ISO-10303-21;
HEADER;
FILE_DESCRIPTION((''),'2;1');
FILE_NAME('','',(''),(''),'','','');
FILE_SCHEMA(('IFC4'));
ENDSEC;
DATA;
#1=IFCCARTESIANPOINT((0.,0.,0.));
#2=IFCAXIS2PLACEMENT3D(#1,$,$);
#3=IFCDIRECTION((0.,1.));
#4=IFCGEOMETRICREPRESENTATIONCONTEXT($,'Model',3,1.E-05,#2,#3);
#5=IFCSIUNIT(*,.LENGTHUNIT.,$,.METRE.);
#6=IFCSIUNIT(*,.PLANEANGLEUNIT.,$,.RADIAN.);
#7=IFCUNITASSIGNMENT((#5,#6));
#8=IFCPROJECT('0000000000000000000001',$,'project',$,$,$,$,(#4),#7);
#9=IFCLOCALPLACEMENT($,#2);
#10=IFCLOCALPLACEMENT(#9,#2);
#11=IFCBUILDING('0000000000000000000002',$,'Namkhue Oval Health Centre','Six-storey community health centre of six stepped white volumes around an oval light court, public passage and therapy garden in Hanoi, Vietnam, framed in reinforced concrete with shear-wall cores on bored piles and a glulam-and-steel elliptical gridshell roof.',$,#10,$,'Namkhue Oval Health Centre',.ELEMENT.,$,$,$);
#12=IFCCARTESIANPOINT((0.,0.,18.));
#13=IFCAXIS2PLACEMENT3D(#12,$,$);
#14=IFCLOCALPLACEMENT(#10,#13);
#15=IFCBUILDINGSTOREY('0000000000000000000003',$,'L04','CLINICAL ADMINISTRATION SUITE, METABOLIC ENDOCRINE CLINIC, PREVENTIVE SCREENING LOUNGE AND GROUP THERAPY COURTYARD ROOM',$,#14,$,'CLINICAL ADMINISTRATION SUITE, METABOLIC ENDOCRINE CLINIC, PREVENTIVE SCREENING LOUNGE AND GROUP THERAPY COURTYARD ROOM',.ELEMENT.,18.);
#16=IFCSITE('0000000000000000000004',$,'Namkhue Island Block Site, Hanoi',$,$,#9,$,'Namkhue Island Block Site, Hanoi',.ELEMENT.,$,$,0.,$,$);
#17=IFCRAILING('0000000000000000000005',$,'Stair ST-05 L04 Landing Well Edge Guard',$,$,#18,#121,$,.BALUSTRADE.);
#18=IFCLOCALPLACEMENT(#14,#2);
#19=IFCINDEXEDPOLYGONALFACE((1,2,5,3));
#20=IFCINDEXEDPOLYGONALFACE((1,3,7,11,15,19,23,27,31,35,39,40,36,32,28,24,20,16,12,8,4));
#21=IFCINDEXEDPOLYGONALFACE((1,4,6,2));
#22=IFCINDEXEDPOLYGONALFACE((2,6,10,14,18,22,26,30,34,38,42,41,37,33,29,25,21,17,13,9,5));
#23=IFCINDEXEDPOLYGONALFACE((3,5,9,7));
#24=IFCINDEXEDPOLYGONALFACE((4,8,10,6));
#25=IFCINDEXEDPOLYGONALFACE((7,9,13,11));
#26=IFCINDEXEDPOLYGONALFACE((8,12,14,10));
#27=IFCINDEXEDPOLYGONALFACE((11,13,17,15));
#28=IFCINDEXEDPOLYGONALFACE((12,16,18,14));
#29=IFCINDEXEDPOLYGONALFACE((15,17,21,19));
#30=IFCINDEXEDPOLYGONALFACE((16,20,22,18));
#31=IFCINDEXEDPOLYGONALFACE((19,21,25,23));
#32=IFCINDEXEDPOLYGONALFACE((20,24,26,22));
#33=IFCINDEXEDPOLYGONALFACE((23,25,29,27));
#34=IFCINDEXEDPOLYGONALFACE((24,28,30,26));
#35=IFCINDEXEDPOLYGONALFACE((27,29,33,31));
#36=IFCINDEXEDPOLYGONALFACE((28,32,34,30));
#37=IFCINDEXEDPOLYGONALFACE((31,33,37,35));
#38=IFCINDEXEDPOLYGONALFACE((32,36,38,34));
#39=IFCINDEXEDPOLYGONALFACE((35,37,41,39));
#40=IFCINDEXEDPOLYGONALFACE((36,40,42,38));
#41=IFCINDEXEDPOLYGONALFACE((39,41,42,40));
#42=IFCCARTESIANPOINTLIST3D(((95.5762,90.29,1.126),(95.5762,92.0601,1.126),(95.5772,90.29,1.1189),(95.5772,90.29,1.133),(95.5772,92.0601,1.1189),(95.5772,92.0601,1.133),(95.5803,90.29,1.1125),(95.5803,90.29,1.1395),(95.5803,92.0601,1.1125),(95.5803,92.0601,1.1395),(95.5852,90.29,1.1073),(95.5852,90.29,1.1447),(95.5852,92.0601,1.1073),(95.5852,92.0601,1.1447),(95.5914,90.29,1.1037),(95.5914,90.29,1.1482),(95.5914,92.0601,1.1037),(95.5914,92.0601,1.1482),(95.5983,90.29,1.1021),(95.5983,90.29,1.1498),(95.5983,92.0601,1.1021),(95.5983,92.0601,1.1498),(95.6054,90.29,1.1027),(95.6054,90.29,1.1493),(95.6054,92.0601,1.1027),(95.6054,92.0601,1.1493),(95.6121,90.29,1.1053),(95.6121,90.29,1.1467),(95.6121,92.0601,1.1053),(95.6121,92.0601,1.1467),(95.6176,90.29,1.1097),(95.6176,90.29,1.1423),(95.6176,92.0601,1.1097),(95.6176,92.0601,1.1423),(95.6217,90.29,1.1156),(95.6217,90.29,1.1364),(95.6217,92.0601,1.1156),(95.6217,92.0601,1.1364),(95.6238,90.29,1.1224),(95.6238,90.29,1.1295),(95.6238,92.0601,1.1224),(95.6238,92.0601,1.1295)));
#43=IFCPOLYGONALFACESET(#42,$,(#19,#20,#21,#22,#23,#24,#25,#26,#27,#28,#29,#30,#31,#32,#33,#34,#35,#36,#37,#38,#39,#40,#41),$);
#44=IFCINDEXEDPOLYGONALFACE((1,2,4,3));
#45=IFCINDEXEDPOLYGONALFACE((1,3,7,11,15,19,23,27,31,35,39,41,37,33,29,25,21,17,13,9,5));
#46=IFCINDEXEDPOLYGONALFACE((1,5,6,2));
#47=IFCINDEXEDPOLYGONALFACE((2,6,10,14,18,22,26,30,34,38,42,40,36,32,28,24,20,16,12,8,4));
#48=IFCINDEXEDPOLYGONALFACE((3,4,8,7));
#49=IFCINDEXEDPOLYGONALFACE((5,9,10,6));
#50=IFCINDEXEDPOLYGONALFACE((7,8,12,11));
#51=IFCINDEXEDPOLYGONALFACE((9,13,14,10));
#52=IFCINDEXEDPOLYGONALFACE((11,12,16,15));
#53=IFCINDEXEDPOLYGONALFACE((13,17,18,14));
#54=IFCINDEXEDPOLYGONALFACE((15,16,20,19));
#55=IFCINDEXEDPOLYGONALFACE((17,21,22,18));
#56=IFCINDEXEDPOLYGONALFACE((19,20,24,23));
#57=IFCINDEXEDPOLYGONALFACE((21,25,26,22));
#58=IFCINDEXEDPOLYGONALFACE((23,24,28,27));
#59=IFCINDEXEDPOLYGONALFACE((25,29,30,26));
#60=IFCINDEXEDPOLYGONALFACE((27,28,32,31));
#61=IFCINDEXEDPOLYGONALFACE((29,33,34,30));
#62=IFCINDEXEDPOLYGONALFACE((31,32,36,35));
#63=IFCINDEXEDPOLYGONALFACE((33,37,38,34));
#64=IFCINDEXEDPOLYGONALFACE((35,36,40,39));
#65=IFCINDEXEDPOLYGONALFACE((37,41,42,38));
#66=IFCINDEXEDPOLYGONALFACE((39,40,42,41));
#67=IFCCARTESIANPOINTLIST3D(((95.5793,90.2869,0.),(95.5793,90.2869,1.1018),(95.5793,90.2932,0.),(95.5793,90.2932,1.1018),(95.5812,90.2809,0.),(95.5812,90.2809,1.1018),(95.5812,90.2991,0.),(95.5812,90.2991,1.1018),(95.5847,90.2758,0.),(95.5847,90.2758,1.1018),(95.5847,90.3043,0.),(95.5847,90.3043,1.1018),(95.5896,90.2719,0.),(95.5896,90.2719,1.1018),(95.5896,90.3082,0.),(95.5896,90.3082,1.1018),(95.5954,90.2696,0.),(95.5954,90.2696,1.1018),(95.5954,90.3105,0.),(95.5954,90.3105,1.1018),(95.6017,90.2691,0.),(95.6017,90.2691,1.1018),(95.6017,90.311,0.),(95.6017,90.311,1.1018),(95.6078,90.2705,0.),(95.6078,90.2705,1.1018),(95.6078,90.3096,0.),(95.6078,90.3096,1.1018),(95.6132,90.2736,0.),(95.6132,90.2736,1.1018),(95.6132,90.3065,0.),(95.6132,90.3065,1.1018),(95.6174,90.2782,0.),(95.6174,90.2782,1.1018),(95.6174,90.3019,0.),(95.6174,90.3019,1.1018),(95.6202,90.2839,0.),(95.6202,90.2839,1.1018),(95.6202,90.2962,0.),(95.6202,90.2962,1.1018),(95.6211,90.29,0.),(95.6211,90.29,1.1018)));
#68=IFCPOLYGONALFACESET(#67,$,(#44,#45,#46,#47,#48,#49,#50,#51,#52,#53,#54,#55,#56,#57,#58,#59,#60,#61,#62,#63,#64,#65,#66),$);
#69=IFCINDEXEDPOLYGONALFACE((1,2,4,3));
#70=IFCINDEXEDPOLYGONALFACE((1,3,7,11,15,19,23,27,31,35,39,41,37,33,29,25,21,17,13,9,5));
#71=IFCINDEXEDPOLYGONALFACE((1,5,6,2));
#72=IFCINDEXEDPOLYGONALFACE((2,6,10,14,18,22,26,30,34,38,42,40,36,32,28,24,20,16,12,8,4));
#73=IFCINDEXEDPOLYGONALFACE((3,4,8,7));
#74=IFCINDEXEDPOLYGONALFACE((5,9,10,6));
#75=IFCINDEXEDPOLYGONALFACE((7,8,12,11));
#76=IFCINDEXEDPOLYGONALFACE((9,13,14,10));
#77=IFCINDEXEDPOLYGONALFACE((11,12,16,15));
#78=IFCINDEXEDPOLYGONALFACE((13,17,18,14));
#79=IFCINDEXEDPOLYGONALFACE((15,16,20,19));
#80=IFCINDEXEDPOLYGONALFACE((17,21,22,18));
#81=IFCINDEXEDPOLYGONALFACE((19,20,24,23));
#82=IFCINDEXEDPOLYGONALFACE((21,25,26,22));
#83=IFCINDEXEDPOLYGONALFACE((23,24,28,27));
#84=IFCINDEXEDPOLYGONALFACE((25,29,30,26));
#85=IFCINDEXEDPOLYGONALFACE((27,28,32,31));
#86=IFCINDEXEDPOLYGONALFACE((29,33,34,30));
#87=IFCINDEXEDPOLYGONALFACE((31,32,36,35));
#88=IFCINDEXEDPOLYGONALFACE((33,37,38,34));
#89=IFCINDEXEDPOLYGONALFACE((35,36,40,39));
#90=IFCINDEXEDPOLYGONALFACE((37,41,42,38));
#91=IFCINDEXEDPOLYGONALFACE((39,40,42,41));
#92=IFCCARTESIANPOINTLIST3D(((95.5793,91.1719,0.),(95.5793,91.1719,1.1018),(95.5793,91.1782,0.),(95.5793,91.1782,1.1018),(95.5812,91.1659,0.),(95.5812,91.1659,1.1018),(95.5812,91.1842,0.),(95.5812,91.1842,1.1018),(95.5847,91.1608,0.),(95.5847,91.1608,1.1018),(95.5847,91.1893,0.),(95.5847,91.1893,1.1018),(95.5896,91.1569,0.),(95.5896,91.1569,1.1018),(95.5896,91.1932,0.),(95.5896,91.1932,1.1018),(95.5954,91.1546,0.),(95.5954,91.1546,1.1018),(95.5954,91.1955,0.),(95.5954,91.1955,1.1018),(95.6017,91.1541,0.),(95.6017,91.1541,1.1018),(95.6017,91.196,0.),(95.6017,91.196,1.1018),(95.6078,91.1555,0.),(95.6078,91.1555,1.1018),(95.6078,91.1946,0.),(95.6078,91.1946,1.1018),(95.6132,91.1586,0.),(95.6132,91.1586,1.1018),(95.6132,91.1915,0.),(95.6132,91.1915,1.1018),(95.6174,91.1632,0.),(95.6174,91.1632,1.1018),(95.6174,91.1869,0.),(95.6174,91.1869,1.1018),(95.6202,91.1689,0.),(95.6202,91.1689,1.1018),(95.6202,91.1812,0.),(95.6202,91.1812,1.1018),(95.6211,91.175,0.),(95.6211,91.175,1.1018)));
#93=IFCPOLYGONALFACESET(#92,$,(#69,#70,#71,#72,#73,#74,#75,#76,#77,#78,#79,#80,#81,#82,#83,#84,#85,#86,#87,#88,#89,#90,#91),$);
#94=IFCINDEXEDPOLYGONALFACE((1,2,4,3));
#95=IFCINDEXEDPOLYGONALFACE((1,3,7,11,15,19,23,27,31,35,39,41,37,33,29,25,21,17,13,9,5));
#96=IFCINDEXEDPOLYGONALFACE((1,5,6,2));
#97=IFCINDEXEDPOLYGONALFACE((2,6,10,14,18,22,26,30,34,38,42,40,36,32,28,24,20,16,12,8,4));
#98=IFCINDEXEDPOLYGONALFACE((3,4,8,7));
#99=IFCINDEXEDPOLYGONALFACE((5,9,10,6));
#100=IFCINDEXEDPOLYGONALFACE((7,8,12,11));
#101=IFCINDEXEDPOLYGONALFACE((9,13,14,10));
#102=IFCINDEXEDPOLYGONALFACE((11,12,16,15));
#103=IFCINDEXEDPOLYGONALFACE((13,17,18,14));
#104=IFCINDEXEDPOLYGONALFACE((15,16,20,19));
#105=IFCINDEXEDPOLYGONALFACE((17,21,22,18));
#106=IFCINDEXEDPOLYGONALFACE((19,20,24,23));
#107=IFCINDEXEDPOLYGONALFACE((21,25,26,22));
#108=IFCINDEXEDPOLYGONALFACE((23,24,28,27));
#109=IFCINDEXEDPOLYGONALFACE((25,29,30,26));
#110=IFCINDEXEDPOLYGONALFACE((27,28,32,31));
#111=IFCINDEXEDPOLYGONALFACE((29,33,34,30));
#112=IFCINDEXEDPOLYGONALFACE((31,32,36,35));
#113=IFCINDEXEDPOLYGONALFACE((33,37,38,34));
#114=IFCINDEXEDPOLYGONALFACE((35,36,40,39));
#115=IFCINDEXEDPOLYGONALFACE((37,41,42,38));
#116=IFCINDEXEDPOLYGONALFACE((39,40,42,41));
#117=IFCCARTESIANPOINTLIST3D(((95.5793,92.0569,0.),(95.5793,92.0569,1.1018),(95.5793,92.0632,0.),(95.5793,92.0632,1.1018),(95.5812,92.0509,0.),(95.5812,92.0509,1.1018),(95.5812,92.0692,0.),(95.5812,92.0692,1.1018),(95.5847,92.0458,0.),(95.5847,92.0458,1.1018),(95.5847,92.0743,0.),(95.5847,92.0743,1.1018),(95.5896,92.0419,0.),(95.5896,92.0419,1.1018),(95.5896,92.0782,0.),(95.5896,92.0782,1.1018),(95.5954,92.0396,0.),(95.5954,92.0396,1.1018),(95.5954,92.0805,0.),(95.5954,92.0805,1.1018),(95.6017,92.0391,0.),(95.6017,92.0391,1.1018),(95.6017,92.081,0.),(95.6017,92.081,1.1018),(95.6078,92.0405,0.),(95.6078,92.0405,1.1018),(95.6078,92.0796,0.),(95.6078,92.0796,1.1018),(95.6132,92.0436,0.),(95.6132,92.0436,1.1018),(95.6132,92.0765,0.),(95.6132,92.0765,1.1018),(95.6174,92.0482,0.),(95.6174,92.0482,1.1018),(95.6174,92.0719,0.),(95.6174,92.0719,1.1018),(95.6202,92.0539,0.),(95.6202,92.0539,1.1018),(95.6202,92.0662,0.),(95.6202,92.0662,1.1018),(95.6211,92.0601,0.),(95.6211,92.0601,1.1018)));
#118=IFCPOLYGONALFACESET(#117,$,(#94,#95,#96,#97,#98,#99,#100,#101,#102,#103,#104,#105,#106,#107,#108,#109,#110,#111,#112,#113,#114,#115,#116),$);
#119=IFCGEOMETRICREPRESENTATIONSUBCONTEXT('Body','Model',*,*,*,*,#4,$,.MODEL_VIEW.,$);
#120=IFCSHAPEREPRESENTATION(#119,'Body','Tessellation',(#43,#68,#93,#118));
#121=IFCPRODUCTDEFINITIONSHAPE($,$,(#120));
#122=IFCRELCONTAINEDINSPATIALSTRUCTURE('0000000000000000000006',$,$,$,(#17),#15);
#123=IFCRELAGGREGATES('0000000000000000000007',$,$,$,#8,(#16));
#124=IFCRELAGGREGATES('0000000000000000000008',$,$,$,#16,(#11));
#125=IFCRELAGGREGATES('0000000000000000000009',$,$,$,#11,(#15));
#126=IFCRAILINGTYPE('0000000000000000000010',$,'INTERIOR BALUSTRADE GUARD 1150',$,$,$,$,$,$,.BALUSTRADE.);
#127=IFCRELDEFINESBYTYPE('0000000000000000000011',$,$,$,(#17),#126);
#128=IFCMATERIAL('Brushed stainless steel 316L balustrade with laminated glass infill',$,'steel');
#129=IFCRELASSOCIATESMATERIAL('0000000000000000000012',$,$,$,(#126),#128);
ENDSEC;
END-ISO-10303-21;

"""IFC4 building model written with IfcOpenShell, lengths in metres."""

from ifc_helpers import new_model, si_unit, direction, frame, origin, origin_2d, place, context, subcontext, project, spatial, circle, extrude, material, type_object, element, save


model = new_model("IFC4")

# Units and contexts
model_context = context("Model", 3, precision=1e-05, world=origin(), true_north=direction((0.0, 1.0)))
body_context = subcontext(model_context, "Body", "Model", "MODEL_VIEW")
ifc_project = project(units=[si_unit("LENGTHUNIT", "METRE"), si_unit("PLANEANGLEUNIT", "RADIAN")], contexts=[model_context])

# Site, building, storey
site_placement = place(None, origin())
site = spatial("IfcSite", under=ifc_project, at=site_placement, Name="Namkhue Island Block Site, Hanoi", LongName="Namkhue Island Block Site, Hanoi", CompositionType="ELEMENT", RefElevation=0.0)
building_placement = place(site_placement, origin())
building = spatial("IfcBuilding", under=site, at=building_placement, Name="Namkhue Oval Health Centre", Description="Six-storey community health centre of six stepped white volumes around an oval light court, public passage and therapy garden in Hanoi, Vietnam, framed in reinforced concrete with shear-wall cores on bored piles and a glulam-and-steel elliptical gridshell roof.", LongName="Namkhue Oval Health Centre", CompositionType="ELEMENT")
storey_placement = place(building_placement, frame((0.0, 0.0, 18.0)))
storey = spatial("IfcBuildingStorey", under=building, at=storey_placement, Name="L04", Description="CLINICAL ADMINISTRATION SUITE, METABOLIC ENDOCRINE CLINIC, PREVENTIVE SCREENING LOUNGE AND GROUP THERAPY COURTYARD ROOM", LongName="CLINICAL ADMINISTRATION SUITE, METABOLIC ENDOCRINE CLINIC, PREVENTIVE SCREENING LOUNGE AND GROUP THERAPY COURTYARD ROOM", CompositionType="ELEMENT", Elevation=18.0)

# Railing
ifc_material_1 = material(Name="Brushed stainless steel 316L balustrade with laminated glass infill", Category="steel")
railing_type_1 = type_object("IfcRailingType", Name="INTERIOR BALUSTRADE GUARD 1150", PredefinedType="BALUSTRADE", material=ifc_material_1)
railing_1_placement = place(storey_placement, frame((95.6001, 90.29, 0.0)))
element("IfcRailing", 1, at=railing_1_placement, inside=storey, type_object=railing_type_1, Name="Stair ST-05 L04 Landing Well Edge Guard", PredefinedType="BALUSTRADE", context=body_context, shape_type="SweptSolid", body=[
    extrude(circle(Radius=0.0239, at=origin_2d()), frame((0.0, 0.0, 1.126), z_axis=(0.0, 1.0, 0.0), x_axis=(-1.0, 0.0, 0.0)), (0.0, 0.0, 1.0), 1.77),
    extrude(circle(Radius=0.021, at=origin_2d()), origin(), (0.0, 0.0, 1.0), 1.1018),
    extrude(circle(Radius=0.021, at=origin_2d()), frame((0.0, 0.885, 0.0)), (0.0, 0.0, 1.0), 1.1018),
    extrude(circle(Radius=0.021, at=origin_2d()), frame((0.0, 1.77, 0.0)), (0.0, 0.0, 1.0), 1.1018),
])

save(model, "model.ifc")
